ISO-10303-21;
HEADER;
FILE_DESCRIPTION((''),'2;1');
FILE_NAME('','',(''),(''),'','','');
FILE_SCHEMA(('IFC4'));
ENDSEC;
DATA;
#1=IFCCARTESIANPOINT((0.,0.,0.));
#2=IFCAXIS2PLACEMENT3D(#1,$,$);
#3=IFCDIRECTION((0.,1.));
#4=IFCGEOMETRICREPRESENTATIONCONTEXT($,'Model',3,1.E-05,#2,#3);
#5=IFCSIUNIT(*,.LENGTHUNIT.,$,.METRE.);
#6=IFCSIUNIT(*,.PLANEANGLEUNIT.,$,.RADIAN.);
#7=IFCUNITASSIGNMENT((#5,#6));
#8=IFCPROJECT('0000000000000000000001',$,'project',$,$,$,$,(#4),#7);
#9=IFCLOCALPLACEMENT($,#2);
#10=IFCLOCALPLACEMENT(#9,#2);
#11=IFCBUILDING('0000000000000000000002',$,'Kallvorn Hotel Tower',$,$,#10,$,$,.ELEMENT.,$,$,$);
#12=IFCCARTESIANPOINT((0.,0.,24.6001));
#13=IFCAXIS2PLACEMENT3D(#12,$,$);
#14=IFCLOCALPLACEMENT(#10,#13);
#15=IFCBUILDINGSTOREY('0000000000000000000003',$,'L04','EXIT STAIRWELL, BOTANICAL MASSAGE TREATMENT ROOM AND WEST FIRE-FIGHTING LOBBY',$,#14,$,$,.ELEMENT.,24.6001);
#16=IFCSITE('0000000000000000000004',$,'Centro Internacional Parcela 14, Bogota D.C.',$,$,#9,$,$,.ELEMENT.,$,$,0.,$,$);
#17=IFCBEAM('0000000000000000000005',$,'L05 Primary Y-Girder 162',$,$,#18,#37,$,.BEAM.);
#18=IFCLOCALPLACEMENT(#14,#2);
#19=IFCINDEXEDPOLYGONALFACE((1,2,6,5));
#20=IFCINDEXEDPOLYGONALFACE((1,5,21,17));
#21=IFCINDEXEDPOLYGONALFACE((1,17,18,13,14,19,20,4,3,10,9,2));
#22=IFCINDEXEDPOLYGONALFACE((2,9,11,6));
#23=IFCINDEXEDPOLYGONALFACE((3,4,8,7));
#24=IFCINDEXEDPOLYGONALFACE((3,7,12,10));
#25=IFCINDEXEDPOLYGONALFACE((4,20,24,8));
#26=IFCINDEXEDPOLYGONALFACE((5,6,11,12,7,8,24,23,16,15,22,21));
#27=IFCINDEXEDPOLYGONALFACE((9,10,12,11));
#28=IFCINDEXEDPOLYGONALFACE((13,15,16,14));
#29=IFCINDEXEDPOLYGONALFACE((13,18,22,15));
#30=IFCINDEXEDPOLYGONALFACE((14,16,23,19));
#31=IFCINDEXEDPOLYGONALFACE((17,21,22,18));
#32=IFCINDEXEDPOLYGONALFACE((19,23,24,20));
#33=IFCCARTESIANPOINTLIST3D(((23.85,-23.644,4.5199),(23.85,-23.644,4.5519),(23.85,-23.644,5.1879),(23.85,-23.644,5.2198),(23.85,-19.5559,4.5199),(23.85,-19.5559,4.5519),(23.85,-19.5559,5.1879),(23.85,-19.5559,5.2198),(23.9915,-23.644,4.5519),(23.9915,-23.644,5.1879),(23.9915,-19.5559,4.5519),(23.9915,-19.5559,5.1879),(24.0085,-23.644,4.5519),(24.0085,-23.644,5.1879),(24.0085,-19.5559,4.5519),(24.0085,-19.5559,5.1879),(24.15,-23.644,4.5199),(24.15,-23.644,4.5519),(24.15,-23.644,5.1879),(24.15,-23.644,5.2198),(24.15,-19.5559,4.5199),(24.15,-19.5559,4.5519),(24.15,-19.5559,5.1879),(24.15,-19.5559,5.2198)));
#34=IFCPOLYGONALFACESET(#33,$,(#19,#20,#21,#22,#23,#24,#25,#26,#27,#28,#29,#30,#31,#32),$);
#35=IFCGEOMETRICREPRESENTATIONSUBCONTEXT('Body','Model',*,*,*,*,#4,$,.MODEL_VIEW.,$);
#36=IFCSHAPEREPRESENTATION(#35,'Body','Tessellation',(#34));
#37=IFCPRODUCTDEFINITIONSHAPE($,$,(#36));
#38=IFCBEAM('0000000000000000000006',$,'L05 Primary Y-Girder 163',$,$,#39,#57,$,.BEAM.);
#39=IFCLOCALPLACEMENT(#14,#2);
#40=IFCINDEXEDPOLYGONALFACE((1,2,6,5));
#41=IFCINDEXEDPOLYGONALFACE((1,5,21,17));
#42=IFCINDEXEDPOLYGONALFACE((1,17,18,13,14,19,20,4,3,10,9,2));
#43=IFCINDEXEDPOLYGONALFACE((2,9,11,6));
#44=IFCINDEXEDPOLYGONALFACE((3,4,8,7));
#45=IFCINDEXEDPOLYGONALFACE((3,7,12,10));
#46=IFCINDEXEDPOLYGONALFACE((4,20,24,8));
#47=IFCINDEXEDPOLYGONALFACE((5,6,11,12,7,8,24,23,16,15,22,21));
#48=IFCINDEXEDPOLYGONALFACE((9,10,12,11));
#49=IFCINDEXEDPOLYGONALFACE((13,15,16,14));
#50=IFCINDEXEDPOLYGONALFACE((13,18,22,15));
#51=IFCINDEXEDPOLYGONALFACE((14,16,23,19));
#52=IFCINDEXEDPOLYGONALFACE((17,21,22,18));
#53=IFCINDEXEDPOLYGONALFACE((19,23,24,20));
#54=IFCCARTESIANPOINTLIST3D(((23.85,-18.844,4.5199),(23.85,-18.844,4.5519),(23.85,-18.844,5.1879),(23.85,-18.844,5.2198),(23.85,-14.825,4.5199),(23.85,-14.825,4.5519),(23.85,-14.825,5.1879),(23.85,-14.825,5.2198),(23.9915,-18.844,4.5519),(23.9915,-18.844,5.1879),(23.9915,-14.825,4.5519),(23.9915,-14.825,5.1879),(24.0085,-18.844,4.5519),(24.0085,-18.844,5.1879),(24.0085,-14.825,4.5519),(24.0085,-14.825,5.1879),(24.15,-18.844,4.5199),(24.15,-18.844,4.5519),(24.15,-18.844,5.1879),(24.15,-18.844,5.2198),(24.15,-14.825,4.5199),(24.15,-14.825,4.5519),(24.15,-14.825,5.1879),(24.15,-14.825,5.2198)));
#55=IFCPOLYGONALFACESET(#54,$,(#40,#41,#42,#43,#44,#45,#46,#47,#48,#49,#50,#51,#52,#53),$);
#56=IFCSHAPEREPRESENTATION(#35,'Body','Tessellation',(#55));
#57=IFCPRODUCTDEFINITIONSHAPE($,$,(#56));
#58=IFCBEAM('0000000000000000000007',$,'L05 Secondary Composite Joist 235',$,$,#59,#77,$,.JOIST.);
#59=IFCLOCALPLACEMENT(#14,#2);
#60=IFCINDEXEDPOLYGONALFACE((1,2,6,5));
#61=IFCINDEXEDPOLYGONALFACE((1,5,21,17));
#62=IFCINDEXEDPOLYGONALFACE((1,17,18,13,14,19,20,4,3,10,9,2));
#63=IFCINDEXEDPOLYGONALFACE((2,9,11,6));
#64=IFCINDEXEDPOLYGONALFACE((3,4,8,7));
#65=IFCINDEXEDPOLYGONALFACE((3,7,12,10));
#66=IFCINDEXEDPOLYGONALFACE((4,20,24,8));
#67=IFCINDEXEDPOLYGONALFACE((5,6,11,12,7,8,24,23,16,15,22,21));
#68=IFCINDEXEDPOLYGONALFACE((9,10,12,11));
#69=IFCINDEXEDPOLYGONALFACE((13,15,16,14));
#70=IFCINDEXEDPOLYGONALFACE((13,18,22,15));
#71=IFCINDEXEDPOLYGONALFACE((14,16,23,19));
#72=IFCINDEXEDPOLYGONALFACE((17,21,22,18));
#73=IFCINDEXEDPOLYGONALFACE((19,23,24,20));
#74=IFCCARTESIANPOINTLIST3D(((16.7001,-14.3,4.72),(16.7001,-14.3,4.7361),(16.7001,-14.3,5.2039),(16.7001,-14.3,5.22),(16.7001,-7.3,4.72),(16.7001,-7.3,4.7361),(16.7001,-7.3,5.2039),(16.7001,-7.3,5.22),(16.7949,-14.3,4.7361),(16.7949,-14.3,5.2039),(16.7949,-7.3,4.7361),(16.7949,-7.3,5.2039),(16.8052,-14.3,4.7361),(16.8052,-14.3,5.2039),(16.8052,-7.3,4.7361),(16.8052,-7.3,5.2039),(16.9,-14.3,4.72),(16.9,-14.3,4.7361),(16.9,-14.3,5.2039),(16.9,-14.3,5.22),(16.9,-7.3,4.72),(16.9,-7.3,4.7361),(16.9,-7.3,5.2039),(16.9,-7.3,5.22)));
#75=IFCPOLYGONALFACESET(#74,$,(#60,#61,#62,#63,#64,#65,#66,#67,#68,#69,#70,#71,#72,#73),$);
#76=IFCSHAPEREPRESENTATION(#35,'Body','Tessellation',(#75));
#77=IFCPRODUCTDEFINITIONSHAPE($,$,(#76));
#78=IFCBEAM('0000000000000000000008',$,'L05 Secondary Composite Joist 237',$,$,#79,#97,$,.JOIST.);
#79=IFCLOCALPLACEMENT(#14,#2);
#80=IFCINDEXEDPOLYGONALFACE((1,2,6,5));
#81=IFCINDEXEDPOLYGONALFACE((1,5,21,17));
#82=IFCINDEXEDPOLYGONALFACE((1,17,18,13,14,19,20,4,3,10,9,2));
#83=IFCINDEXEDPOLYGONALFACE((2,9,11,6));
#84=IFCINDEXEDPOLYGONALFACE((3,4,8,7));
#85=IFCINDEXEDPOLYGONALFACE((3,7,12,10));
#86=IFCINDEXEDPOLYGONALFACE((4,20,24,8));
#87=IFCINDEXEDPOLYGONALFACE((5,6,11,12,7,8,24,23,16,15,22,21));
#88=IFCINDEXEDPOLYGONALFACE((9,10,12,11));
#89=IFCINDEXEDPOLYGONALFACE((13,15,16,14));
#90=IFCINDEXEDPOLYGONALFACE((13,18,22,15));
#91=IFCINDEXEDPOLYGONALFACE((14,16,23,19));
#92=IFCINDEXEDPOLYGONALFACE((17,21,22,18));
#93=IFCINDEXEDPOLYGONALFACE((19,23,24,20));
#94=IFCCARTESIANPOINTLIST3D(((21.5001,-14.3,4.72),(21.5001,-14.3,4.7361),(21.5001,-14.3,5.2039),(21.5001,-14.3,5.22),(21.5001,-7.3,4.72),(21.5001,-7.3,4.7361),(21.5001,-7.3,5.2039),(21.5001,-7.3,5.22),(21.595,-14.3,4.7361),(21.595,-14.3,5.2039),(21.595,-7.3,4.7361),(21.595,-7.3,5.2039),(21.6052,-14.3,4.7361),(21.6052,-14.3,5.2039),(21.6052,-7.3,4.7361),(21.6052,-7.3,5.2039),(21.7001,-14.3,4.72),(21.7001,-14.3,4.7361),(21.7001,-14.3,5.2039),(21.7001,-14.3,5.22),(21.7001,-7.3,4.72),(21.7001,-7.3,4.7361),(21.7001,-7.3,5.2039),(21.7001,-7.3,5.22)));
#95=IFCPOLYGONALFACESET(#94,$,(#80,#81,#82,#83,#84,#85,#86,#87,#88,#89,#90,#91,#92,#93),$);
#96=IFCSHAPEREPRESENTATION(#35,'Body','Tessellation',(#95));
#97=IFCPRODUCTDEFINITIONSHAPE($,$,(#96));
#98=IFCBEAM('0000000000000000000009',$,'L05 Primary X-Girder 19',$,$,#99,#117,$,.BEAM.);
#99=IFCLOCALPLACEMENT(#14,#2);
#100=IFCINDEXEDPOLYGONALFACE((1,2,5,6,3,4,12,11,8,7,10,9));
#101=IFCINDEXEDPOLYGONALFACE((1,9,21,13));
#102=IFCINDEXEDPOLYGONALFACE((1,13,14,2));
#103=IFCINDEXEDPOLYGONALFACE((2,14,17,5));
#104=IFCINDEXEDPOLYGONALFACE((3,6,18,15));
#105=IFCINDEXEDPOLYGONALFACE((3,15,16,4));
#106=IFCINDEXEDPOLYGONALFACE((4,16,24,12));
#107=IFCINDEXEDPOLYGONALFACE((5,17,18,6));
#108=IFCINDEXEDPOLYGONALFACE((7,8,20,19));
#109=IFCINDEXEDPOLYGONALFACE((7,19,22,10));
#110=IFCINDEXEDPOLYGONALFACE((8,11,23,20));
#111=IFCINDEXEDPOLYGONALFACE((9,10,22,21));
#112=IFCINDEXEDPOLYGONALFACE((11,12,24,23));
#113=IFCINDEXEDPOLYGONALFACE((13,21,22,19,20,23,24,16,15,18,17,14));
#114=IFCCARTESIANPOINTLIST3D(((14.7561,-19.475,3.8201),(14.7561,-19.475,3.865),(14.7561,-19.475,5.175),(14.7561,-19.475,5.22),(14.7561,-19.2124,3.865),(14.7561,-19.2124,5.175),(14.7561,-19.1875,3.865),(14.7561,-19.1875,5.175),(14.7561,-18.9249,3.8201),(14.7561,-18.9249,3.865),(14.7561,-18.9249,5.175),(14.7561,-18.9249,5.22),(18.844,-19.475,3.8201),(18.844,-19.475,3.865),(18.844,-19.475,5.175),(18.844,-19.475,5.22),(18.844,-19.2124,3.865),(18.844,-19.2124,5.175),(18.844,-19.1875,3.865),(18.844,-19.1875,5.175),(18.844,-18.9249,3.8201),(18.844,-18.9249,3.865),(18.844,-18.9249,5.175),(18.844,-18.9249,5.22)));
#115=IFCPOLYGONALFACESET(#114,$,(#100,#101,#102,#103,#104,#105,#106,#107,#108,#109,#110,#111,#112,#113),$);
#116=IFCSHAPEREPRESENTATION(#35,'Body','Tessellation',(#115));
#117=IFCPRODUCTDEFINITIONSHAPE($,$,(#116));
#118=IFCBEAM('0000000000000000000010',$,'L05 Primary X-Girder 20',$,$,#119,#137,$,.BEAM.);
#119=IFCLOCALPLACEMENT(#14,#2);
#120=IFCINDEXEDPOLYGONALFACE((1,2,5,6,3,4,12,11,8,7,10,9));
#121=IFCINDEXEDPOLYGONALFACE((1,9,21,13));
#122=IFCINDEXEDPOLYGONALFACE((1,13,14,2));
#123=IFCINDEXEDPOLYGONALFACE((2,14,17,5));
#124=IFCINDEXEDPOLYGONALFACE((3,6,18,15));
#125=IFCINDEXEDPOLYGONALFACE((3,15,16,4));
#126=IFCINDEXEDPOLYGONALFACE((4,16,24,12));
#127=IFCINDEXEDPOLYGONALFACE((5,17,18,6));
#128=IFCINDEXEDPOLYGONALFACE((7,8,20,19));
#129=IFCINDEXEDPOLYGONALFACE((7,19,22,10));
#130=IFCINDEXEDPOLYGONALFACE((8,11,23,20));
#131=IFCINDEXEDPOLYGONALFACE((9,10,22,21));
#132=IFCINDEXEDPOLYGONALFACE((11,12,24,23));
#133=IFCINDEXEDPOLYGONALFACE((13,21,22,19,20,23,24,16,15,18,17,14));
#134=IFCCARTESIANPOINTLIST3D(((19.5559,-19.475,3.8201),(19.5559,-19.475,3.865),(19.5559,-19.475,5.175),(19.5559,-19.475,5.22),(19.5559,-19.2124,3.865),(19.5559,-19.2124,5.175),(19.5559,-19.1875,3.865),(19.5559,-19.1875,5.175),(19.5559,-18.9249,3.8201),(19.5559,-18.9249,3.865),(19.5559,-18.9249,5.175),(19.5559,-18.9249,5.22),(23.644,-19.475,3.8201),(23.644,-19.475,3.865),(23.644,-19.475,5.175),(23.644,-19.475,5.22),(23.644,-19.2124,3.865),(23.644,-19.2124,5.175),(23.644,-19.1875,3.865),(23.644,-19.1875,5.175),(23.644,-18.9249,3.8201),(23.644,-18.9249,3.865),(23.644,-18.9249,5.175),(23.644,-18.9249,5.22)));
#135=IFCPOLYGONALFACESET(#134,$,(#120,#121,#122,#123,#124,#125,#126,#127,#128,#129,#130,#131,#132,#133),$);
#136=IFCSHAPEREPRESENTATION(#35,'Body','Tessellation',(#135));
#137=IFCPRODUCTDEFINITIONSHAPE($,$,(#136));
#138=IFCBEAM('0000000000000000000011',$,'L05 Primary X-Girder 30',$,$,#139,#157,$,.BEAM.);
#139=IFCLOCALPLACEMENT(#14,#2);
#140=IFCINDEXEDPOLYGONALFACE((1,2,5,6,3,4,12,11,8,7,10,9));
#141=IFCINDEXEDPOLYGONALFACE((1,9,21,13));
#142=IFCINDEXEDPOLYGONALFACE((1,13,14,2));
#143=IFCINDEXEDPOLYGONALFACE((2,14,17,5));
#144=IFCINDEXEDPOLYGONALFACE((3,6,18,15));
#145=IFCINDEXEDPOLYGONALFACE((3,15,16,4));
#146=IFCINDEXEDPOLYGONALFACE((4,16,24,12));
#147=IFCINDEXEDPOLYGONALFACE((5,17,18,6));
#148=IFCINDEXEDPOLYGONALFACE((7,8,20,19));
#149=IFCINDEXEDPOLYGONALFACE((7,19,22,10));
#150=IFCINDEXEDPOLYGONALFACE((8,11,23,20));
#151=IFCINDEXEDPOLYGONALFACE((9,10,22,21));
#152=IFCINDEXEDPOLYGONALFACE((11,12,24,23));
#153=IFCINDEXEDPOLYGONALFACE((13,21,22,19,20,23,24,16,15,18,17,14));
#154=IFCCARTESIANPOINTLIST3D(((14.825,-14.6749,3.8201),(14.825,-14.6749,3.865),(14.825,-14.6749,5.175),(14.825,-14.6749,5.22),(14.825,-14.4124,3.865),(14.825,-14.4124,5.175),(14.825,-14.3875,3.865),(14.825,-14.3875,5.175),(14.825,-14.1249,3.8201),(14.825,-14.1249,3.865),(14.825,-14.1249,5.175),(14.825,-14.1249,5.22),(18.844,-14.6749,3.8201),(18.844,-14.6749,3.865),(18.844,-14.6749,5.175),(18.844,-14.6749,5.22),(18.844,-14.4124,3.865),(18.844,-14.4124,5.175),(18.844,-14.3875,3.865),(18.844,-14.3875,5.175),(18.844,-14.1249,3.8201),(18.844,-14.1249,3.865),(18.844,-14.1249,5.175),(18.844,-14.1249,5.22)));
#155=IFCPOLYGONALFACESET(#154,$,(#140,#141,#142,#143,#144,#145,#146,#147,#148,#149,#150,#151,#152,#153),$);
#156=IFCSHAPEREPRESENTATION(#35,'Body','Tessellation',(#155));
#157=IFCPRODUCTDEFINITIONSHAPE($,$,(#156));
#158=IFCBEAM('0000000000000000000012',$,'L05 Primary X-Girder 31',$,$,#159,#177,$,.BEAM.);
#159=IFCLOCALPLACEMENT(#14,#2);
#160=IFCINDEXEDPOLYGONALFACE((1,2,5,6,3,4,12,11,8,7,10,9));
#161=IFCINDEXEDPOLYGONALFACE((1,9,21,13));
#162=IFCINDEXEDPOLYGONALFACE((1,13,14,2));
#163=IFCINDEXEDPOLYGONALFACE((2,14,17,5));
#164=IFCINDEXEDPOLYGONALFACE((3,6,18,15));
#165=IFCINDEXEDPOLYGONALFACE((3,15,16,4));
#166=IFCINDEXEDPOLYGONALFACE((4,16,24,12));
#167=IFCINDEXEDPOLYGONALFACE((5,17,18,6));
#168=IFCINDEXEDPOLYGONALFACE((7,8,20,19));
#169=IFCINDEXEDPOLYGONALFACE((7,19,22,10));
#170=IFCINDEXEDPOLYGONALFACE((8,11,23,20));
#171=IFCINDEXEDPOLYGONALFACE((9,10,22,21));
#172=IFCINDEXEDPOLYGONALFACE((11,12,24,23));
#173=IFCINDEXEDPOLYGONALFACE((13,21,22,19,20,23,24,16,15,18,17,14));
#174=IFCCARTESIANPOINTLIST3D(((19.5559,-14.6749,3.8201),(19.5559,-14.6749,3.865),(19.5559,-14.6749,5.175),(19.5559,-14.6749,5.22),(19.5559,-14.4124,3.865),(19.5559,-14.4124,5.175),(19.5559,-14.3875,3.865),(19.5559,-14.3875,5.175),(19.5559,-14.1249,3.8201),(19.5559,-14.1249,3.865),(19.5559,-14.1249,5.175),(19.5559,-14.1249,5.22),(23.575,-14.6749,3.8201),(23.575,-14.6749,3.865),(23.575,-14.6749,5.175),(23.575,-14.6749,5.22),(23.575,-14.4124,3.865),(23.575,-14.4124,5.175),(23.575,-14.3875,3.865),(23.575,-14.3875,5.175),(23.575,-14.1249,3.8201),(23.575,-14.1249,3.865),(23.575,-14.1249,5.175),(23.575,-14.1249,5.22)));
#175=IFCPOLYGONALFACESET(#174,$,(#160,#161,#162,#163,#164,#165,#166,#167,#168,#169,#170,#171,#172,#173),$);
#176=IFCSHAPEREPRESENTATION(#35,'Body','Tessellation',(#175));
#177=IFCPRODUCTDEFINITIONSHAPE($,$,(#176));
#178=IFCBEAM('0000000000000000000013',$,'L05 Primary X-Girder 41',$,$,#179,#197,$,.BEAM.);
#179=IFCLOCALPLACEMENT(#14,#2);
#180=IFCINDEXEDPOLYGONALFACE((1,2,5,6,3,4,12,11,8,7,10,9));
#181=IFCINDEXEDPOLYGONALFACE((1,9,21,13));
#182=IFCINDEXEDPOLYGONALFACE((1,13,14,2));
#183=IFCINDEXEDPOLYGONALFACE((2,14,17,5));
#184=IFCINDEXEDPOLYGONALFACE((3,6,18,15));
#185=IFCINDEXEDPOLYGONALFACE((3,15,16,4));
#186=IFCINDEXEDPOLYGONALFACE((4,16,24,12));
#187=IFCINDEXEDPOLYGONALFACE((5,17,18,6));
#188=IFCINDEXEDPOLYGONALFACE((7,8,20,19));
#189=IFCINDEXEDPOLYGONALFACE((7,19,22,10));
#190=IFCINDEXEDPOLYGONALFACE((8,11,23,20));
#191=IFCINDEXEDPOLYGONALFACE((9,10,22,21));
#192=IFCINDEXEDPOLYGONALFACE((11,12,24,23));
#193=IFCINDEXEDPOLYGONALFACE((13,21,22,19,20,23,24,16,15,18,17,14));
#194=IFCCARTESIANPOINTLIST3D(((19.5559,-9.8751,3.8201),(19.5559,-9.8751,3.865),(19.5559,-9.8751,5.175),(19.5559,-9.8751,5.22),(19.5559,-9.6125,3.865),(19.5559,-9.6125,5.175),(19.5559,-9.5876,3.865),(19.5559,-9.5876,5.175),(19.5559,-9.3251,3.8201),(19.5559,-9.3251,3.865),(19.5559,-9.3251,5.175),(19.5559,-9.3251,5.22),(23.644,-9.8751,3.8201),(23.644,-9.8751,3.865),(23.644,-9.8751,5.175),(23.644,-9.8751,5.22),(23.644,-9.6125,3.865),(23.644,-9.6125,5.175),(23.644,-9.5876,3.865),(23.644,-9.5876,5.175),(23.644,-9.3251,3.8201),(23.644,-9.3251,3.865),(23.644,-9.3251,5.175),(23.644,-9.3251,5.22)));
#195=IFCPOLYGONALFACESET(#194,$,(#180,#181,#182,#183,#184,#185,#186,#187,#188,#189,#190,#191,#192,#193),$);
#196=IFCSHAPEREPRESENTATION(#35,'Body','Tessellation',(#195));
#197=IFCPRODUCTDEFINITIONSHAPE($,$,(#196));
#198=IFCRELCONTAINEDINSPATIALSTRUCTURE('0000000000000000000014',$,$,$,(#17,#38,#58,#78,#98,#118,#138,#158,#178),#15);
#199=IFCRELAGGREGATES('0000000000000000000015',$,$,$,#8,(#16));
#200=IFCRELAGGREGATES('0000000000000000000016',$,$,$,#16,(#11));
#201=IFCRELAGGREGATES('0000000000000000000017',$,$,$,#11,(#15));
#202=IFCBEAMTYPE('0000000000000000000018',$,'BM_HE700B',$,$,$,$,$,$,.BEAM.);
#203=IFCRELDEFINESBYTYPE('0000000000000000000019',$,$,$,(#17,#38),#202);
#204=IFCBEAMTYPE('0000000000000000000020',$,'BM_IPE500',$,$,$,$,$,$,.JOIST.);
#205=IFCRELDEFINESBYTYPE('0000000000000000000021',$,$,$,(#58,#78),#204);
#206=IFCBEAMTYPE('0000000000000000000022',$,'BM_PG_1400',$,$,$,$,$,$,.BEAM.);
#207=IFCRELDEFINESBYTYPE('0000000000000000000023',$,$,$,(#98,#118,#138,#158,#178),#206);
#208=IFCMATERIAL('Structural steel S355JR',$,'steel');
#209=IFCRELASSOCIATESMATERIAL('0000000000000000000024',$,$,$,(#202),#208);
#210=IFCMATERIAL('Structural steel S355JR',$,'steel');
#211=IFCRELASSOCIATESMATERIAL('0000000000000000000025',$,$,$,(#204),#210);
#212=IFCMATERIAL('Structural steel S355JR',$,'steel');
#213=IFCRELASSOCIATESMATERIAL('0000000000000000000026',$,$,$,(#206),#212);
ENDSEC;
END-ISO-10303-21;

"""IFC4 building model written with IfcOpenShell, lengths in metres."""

from ifc_helpers import new_model, si_unit, direction, frame, origin, origin_2d, place, context, subcontext, project, spatial, i_section, extrude, material, material_profile, profile_set, type_object, element, save


model = new_model("IFC4")

# Units and contexts
model_context = context("Model", 3, precision=1e-05, world=origin(), true_north=direction((0.0, 1.0)))
body_context = subcontext(model_context, "Body", "Model", "MODEL_VIEW")
ifc_project = project(units=[si_unit("LENGTHUNIT", "METRE"), si_unit("PLANEANGLEUNIT", "RADIAN")], contexts=[model_context])

# Site, building, storey
site_placement = place(None, origin())
site = spatial("IfcSite", under=ifc_project, at=site_placement, Name="Centro Internacional Parcela 14, Bogota D.C.", CompositionType="ELEMENT", RefElevation=0.0)
building_placement = place(site_placement, origin())
building = spatial("IfcBuilding", under=site, at=building_placement, Name="Kallvorn Hotel Tower", CompositionType="ELEMENT")
storey_placement = place(building_placement, frame((0.0, 0.0, 24.6001)))
storey = spatial("IfcBuildingStorey", under=building, at=storey_placement, Name="L04", Description="EXIT STAIRWELL, BOTANICAL MASSAGE TREATMENT ROOM AND WEST FIRE-FIGHTING LOBBY", CompositionType="ELEMENT", Elevation=24.6001)

# Beams
ifc_material_1 = material(Name="Structural steel S355JR", Category="steel")
ifc_material_profile_1 = material_profile(ifc_material_1, i_section(OverallWidth=0.3, OverallDepth=0.7, WebThickness=0.0171, FlangeThickness=0.032, at=origin_2d()), Name="HE 700 B")
ifc_profile_set_1 = profile_set([ifc_material_profile_1], Name="Structural steel S355JR")
beam_type_1 = type_object("IfcBeamType", Name="BM_HE700B", PredefinedType="BEAM", material=ifc_profile_set_1)
for number, where, z_axis, x_axis, name in (
    (1, (24.0, -23.644, 4.8699), (0.0, 1.0, 0.0), (-1.0, 0.0, 0.0), "L05 Primary Y-Girder 162"),
):
    element("IfcBeam", number, at=place(storey_placement, frame(where, z_axis=z_axis, x_axis=x_axis)), inside=storey, type_object=beam_type_1, Name=name, PredefinedType="BEAM", context=body_context, shape_type="SweptSolid", body=[
        extrude(i_section(OverallWidth=0.3, OverallDepth=0.7, WebThickness=0.0171, FlangeThickness=0.032, at=origin_2d()), origin(), (0.0, 0.0, 1.0), 4.0881),
    ])
beam_1_placement = place(storey_placement, frame((24.0, -18.844, 4.8699), z_axis=(0.0, 1.0, 0.0), x_axis=(-1.0, 0.0, 0.0)))
element("IfcBeam", 2, at=beam_1_placement, inside=storey, type_object=beam_type_1, Name="L05 Primary Y-Girder 163", PredefinedType="BEAM", context=body_context, shape_type="SweptSolid", body=[
    extrude(i_section(OverallWidth=0.3, OverallDepth=0.7, WebThickness=0.0171, FlangeThickness=0.032, at=origin_2d()), origin(), (0.0, 0.0, 1.0), 4.019),
])
ifc_material_2 = material(Name="Structural steel S355JR", Category="steel")
ifc_material_profile_2 = material_profile(ifc_material_2, i_section(OverallWidth=0.2, OverallDepth=0.5, WebThickness=0.0103, FlangeThickness=0.0161, at=origin_2d()), Name="IPE 500")
ifc_profile_set_2 = profile_set([ifc_material_profile_2], Name="Structural steel S355JR")
beam_type_2 = type_object("IfcBeamType", Name="BM_IPE500", PredefinedType="JOIST", material=ifc_profile_set_2)
for number, where, z_axis, x_axis, name in (
    (3, (16.8, -14.3, 4.97), (0.0, 1.0, 0.0), (-1.0, 0.0, 0.0), "L05 Secondary Composite Joist 235"),
    (4, (21.6001, -14.3, 4.97), (0.0, 1.0, 0.0), (-1.0, 0.0, 0.0), "L05 Secondary Composite Joist 237"),
):
    element("IfcBeam", number, at=place(storey_placement, frame(where, z_axis=z_axis, x_axis=x_axis)), inside=storey, type_object=beam_type_2, Name=name, PredefinedType="JOIST", context=body_context, shape_type="SweptSolid", body=[
        extrude(i_section(OverallWidth=0.2, OverallDepth=0.5, WebThickness=0.0103, FlangeThickness=0.0161, at=origin_2d()), origin(), (0.0, 0.0, 1.0), 7.0),
    ])
ifc_material_3 = material(Name="Structural steel S355JR", Category="steel")
ifc_material_profile_3 = material_profile(ifc_material_3, i_section(OverallWidth=0.55, OverallDepth=1.3999, WebThickness=0.0249, FlangeThickness=0.0449, at=origin_2d()), Name="PG 1400x550x25x45")
ifc_profile_set_3 = profile_set([ifc_material_profile_3], Name="Structural steel S355JR")
beam_type_3 = type_object("IfcBeamType", Name="BM_PG_1400", PredefinedType="BEAM", material=ifc_profile_set_3)
beam_2_placement = place(storey_placement, frame((14.7561, -19.2, 4.52), z_axis=(1.0, 0.0, 0.0), x_axis=(0.0, 1.0, 0.0)))
element("IfcBeam", 5, at=beam_2_placement, inside=storey, type_object=beam_type_3, Name="L05 Primary X-Girder 19", PredefinedType="BEAM", context=body_context, shape_type="SweptSolid", body=[
    extrude(i_section(OverallWidth=0.55, OverallDepth=1.3999, WebThickness=0.0249, FlangeThickness=0.0449, at=origin_2d()), origin(), (0.0, 0.0, 1.0), 4.0879),
])
beam_3_placement = place(storey_placement, frame((19.5559, -19.2, 4.52), z_axis=(1.0, 0.0, 0.0), x_axis=(0.0, 1.0, 0.0)))
element("IfcBeam", 6, at=beam_3_placement, inside=storey, type_object=beam_type_3, Name="L05 Primary X-Girder 20", PredefinedType="BEAM", context=body_context, shape_type="SweptSolid", body=[
    extrude(i_section(OverallWidth=0.55, OverallDepth=1.3999, WebThickness=0.0249, FlangeThickness=0.0449, at=origin_2d()), origin(), (0.0, 0.0, 1.0), 4.0881),
])
for number, where, z_axis, x_axis, name in (
    (7, (14.825, -14.3999, 4.52), (1.0, 0.0, 0.0), (0.0, 1.0, 0.0), "L05 Primary X-Girder 30"),
    (8, (19.5559, -14.3999, 4.52), (1.0, 0.0, 0.0), (0.0, 1.0, 0.0), "L05 Primary X-Girder 31"),
):
    element("IfcBeam", number, at=place(storey_placement, frame(where, z_axis=z_axis, x_axis=x_axis)), inside=storey, type_object=beam_type_3, Name=name, PredefinedType="BEAM", context=body_context, shape_type="SweptSolid", body=[
        extrude(i_section(OverallWidth=0.55, OverallDepth=1.3999, WebThickness=0.0249, FlangeThickness=0.0449, at=origin_2d()), origin(), (0.0, 0.0, 1.0), 4.019),
    ])
beam_4_placement = place(storey_placement, frame((19.5559, -9.6001, 4.52), z_axis=(1.0, 0.0, 0.0), x_axis=(0.0, 1.0, 0.0)))
element("IfcBeam", 9, at=beam_4_placement, inside=storey, type_object=beam_type_3, Name="L05 Primary X-Girder 41", PredefinedType="BEAM", context=body_context, shape_type="SweptSolid", body=[
    extrude(i_section(OverallWidth=0.55, OverallDepth=1.3999, WebThickness=0.0249, FlangeThickness=0.0449, at=origin_2d()), origin(), (0.0, 0.0, 1.0), 4.0881),
])

save(model, "model.ifc")
